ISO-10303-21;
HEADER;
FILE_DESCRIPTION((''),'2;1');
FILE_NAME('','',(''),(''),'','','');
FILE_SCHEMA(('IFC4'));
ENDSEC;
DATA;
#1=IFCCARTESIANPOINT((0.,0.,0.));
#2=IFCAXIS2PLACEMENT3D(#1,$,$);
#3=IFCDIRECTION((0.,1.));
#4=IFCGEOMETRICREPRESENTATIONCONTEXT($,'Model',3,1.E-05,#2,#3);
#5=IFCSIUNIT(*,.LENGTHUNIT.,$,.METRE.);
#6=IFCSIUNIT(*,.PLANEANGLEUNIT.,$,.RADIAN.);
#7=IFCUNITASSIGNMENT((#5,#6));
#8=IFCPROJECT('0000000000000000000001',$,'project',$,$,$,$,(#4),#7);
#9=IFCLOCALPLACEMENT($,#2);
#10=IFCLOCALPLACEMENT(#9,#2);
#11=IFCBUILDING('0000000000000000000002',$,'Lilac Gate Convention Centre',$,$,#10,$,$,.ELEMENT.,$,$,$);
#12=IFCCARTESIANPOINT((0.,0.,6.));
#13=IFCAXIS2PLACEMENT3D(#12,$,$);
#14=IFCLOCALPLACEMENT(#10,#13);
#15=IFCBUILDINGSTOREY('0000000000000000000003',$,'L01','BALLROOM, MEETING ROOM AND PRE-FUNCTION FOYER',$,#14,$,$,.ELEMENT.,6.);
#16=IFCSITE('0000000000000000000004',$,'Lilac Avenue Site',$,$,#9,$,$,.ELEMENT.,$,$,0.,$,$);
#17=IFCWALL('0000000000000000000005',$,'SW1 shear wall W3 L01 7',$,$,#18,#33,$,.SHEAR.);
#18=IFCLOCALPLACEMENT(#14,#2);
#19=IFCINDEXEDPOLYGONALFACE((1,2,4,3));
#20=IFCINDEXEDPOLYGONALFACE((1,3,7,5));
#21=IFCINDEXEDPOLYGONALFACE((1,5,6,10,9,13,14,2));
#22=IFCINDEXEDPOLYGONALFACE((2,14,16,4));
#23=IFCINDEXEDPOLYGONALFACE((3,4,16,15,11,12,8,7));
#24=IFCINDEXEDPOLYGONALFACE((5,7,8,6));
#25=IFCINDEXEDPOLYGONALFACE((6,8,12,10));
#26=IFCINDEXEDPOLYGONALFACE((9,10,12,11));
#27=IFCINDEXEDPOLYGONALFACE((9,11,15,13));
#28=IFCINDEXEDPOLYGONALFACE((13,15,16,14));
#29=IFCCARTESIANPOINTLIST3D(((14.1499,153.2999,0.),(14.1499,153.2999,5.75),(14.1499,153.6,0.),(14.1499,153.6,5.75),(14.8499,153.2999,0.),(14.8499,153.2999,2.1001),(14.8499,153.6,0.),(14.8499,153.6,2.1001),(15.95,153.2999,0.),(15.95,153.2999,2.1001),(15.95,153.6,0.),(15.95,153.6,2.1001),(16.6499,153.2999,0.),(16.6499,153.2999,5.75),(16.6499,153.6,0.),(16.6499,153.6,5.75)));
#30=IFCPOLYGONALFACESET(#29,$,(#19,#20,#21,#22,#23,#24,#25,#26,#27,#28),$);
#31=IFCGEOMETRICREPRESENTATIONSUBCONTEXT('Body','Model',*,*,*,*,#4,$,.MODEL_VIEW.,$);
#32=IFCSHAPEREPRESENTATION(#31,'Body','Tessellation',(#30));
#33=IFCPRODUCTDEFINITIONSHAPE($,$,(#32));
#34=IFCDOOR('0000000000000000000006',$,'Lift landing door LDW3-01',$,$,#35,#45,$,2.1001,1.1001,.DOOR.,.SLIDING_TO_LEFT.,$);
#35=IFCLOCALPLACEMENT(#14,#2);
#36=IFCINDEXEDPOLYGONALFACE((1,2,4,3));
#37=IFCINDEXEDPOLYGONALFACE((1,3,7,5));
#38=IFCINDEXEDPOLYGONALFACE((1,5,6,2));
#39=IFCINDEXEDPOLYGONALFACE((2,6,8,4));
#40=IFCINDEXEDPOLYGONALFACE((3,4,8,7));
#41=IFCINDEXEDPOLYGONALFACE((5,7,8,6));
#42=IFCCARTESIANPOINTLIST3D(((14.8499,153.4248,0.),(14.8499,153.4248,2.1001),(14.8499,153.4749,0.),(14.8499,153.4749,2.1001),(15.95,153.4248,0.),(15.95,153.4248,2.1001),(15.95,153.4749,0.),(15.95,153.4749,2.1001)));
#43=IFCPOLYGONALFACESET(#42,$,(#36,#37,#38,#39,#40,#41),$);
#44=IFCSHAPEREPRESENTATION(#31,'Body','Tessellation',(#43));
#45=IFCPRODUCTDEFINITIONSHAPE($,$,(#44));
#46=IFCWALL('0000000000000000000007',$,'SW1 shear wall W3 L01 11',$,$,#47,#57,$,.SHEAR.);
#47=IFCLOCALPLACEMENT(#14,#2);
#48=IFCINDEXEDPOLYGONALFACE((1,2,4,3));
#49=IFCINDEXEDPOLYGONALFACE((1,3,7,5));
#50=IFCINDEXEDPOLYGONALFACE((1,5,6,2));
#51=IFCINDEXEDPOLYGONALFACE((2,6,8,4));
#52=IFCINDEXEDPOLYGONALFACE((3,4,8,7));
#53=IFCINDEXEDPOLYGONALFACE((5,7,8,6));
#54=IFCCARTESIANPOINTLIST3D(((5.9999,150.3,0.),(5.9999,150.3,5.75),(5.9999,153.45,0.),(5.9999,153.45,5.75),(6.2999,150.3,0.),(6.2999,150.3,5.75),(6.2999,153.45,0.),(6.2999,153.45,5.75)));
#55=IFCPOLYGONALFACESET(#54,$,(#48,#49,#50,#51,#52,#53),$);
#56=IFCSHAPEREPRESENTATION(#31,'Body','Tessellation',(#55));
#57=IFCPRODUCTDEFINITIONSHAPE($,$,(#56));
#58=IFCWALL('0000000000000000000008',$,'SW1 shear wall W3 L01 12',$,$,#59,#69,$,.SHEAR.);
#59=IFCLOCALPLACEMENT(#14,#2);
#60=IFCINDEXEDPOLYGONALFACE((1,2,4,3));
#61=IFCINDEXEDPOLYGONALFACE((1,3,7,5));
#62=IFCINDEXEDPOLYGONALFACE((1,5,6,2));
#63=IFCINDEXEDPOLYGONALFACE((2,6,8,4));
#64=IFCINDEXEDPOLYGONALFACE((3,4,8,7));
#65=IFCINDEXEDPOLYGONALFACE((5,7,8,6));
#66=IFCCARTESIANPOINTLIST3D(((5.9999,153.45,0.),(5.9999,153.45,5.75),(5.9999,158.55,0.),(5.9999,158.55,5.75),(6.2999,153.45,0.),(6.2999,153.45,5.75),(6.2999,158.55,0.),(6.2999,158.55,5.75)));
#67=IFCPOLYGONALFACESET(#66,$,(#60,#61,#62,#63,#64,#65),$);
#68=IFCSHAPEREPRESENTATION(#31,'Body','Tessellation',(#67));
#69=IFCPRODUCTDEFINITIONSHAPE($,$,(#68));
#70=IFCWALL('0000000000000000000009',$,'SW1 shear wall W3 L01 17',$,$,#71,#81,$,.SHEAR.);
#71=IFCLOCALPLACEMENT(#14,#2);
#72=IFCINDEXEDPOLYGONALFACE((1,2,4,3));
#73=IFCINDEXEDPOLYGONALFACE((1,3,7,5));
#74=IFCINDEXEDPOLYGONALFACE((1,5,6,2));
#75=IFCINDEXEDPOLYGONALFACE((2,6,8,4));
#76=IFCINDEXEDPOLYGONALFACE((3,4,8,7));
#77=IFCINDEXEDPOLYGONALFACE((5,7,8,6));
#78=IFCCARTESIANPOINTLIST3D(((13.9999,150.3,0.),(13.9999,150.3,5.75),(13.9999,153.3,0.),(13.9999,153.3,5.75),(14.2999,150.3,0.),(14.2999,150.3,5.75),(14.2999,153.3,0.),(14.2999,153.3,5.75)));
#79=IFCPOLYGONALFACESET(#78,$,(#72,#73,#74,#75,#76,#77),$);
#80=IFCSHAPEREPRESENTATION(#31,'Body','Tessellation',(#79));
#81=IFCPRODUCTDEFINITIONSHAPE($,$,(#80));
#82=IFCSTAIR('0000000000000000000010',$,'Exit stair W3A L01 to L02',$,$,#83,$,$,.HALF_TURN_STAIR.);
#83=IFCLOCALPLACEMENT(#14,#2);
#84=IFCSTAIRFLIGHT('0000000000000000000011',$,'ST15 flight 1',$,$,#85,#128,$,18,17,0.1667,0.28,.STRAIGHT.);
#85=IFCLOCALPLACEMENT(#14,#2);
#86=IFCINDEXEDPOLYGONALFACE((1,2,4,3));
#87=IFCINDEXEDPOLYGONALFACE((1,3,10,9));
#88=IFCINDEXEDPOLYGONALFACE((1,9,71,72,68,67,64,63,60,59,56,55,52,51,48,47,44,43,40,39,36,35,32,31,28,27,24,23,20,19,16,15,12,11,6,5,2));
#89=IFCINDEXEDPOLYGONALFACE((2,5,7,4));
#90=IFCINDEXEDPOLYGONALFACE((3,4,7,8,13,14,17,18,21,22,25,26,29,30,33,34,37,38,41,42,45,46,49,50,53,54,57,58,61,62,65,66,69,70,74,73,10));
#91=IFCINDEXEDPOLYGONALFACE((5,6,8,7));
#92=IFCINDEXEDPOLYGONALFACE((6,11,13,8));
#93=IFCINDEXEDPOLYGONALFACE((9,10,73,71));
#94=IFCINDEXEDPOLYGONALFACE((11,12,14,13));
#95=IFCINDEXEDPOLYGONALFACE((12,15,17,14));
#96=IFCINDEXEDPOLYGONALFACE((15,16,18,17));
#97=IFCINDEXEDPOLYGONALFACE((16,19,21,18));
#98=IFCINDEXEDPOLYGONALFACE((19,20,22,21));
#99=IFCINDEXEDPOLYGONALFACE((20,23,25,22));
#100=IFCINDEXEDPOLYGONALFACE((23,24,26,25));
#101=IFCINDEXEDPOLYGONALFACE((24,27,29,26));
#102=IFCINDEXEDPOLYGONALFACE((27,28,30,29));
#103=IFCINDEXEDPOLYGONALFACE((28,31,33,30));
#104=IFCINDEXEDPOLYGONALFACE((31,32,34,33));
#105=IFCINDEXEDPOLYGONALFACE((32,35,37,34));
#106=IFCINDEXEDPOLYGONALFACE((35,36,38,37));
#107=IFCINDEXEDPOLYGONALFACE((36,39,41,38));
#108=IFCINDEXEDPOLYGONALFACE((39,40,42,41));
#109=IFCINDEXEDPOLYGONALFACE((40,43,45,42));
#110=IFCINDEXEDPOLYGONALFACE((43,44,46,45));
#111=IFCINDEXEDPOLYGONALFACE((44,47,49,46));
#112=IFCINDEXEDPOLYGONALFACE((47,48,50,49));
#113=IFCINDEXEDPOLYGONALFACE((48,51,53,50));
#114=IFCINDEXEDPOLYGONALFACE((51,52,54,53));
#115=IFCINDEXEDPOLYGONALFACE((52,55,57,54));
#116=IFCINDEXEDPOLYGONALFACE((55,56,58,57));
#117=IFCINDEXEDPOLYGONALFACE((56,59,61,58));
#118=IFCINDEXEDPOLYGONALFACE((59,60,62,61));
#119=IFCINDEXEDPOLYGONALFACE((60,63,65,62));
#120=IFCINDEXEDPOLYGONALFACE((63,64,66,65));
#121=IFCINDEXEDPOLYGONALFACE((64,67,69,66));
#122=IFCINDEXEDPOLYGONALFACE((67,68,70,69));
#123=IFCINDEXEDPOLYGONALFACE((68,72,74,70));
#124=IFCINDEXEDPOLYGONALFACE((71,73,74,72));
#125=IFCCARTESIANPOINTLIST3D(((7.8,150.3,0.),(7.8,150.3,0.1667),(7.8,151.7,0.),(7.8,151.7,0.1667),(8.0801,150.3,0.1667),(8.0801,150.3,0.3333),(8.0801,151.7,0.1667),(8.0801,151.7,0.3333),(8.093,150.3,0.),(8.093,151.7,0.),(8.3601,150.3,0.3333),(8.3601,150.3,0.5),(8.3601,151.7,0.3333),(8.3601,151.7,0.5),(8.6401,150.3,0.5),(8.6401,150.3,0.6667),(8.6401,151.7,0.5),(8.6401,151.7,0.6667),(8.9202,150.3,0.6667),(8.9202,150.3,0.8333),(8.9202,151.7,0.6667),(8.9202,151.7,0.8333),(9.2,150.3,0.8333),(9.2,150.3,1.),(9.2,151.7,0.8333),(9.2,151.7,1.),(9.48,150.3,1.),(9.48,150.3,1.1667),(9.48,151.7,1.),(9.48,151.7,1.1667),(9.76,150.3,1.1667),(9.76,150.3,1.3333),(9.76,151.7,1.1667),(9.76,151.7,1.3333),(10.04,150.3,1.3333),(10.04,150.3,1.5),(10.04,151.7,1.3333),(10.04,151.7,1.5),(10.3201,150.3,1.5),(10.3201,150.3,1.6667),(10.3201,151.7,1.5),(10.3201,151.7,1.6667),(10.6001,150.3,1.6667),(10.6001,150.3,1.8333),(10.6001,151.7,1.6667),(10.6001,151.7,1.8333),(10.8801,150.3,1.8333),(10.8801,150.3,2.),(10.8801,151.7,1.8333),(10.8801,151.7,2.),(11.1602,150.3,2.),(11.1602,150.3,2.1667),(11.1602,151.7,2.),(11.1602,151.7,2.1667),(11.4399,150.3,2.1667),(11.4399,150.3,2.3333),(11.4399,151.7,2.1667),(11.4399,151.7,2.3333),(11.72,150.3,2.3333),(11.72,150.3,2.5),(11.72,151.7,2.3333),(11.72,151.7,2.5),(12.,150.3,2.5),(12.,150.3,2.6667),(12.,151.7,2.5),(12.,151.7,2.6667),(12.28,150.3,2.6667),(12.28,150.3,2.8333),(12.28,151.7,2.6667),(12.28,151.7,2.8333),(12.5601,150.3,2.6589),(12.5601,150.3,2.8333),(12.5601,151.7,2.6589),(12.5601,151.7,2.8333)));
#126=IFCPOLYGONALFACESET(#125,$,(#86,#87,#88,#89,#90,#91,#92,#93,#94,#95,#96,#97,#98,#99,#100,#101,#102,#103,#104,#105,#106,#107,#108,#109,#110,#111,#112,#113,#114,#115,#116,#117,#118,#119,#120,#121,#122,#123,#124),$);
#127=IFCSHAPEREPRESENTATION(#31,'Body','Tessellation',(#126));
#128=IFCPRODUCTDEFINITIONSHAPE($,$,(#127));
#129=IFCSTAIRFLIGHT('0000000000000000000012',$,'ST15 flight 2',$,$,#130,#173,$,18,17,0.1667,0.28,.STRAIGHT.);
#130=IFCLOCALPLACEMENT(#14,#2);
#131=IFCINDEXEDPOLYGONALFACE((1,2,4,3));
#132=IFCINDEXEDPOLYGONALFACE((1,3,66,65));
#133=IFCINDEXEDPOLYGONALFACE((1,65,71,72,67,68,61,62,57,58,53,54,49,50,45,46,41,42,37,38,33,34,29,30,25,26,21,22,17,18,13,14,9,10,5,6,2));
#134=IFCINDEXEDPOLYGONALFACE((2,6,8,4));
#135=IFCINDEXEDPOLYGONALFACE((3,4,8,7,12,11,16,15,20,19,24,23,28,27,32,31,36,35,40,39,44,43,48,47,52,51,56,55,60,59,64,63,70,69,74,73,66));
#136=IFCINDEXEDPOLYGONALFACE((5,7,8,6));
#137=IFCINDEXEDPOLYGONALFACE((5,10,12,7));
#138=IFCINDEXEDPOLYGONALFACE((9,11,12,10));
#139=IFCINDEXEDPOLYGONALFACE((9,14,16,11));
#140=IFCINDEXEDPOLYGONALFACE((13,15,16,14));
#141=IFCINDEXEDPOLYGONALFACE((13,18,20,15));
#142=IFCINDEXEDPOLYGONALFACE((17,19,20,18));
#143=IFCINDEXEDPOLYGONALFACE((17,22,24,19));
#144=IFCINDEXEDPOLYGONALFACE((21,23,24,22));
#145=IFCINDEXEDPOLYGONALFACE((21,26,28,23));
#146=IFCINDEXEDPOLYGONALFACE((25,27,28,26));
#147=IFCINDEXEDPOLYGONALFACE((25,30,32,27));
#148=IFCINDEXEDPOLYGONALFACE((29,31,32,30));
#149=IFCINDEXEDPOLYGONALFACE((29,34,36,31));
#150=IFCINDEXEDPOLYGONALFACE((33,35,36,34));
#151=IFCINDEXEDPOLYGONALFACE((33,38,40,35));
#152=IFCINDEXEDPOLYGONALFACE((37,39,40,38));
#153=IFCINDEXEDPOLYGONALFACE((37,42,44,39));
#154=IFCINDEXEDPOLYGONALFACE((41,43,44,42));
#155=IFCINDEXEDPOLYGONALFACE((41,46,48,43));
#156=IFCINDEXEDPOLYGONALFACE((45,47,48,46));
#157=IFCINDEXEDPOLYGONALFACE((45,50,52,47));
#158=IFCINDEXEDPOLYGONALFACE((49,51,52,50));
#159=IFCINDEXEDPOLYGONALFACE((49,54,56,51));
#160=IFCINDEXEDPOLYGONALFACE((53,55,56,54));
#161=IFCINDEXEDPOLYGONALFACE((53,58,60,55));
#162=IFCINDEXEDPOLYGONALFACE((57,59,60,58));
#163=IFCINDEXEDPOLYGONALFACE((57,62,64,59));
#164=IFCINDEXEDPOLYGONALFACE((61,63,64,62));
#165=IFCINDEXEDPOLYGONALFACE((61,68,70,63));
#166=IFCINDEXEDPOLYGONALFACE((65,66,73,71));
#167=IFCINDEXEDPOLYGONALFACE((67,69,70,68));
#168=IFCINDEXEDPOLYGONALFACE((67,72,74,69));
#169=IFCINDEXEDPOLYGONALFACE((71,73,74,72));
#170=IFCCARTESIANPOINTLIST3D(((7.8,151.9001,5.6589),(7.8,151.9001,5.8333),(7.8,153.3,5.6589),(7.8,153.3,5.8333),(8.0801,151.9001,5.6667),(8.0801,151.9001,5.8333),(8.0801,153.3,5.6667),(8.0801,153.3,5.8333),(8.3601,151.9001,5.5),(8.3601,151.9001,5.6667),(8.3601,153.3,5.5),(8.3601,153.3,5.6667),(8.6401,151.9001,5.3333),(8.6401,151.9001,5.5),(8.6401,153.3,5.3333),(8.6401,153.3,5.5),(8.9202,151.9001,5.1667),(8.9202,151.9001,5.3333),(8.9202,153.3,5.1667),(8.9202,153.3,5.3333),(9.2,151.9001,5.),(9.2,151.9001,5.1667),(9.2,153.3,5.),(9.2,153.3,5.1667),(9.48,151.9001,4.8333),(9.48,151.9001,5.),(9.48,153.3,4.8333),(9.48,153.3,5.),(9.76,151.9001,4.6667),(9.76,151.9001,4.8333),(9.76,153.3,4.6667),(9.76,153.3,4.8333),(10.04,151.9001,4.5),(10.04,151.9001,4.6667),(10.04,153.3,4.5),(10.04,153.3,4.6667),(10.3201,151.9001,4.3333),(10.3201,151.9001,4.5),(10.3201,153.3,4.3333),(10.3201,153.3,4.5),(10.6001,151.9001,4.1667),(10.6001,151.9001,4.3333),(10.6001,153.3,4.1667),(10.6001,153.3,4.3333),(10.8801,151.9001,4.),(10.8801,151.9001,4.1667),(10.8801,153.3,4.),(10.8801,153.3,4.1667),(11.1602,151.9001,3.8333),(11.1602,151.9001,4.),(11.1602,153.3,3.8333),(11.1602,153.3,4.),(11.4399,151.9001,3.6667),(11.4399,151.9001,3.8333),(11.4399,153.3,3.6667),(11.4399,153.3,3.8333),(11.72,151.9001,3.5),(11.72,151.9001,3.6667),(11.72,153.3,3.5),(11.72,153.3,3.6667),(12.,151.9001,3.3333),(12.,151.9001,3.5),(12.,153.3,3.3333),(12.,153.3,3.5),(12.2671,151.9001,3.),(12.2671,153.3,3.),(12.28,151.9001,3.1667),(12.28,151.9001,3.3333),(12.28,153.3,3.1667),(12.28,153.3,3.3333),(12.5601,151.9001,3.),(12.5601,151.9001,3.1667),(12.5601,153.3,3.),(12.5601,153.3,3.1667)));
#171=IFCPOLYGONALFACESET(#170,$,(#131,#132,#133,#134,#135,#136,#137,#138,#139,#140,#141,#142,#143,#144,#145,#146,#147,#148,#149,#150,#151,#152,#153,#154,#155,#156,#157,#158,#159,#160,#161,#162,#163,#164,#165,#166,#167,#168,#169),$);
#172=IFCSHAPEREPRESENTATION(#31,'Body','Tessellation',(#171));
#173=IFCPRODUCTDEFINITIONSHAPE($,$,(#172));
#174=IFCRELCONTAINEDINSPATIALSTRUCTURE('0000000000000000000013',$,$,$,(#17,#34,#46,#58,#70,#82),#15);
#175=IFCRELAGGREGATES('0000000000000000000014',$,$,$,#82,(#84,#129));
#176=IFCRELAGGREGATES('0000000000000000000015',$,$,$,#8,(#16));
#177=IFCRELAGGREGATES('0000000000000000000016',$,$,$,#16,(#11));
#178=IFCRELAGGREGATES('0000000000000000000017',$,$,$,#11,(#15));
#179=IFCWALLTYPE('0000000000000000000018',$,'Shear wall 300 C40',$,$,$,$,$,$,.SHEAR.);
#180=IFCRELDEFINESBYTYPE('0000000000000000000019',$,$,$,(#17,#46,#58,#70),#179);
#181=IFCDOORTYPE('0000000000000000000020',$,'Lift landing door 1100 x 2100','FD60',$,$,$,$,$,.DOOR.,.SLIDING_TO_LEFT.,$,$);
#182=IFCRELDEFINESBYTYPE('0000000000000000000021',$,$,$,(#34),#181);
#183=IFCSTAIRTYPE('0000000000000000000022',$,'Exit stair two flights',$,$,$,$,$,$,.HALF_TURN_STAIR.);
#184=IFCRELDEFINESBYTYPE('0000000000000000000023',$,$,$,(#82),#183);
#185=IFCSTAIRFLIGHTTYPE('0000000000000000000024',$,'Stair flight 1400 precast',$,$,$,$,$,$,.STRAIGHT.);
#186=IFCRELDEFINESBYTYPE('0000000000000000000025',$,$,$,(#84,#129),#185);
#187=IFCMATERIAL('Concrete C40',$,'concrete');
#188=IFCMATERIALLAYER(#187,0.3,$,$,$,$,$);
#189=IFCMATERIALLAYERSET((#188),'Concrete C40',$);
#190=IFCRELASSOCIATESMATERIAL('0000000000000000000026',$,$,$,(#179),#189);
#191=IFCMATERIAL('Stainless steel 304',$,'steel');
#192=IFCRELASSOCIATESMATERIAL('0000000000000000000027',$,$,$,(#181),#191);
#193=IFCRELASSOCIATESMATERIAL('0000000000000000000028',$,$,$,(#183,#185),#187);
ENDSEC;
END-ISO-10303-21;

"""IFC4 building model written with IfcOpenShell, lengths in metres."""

from ifc_helpers import new_model, si_unit, direction, frame, frame_2d, origin, place, context, subcontext, project, spatial, polyline, rectangle, outline, extrude, material, layer, layer_set, type_object, element, fill, aggregate, save


model = new_model("IFC4")

# Units and contexts
model_context = context("Model", 3, precision=1e-05, world=origin(), true_north=direction((0.0, 1.0)))
body_context = subcontext(model_context, "Body", "Model", "MODEL_VIEW")
ifc_project = project(units=[si_unit("LENGTHUNIT", "METRE"), si_unit("PLANEANGLEUNIT", "RADIAN")], contexts=[model_context])

# Site, building, storey
site_placement = place(None, origin())
site = spatial("IfcSite", under=ifc_project, at=site_placement, Name="Lilac Avenue Site", CompositionType="ELEMENT", RefElevation=0.0)
building_placement = place(site_placement, origin())
building = spatial("IfcBuilding", under=site, at=building_placement, Name="Lilac Gate Convention Centre", CompositionType="ELEMENT")
storey_placement = place(building_placement, frame((0.0, 0.0, 6.0)))
storey = spatial("IfcBuildingStorey", under=building, at=storey_placement, Name="L01", Description="BALLROOM, MEETING ROOM AND PRE-FUNCTION FOYER", CompositionType="ELEMENT", Elevation=6.0)

# Shared definitions
ifc_material_1 = material(Name="Concrete C40", Category="concrete")

# Shared definitions
ifc_layer_1 = layer(ifc_material_1, 0.3)
ifc_layer_set_1 = layer_set([ifc_layer_1], Name="Concrete C40")
wall_type_1 = type_object("IfcWallType", Name="Shear wall 300 C40", PredefinedType="SHEAR", material=ifc_layer_set_1)

# Wall, opening, door
wall_1_placement = place(storey_placement, frame((14.1499, 153.45, 0.0), z_axis=(0.0, 0.0, 1.0), x_axis=(1.0, 0.0, 0.0)))
wall_1 = element("IfcWall", 1, at=wall_1_placement, inside=storey, type_object=wall_type_1, Name="SW1 shear wall W3 L01 7", PredefinedType="SHEAR", context=body_context, shape_type="SweptSolid", body=[
    extrude(rectangle(XDim=2.5, YDim=0.3, at=frame_2d((1.25, 0.0))), origin(), (0.0, 0.0, 1.0), 5.75),
])
opening_1_placement = place(wall_1_placement, frame((0.7, 0.0, 0.0)))
opening_1 = element("IfcOpeningElement", 2, at=opening_1_placement, cuts=wall_1, PredefinedType="OPENING", context=body_context, shape_type="SweptSolid", body=[
    extrude(rectangle(XDim=1.1001, YDim=2.1001, at=frame_2d((0.55, 1.05))), frame((0.0, 0.1599, 0.0), z_axis=(0.0, -1.0, 0.0), x_axis=(1.0, 0.0, 0.0)), (0.0, 0.0, 1.0), 0.3201),
])
ifc_material_2 = material(Name="Stainless steel 304", Category="steel")
door_type_1 = type_object("IfcDoorType", Name="Lift landing door 1100 x 2100", Description="FD60", OperationType="SLIDING_TO_LEFT", PredefinedType="DOOR", material=ifc_material_2)
door_1_placement = place(opening_1_placement, origin())
door_1 = element("IfcDoor", 3, at=door_1_placement, inside=storey, type_object=door_type_1, Name="Lift landing door LDW3-01", OperationType="SLIDING_TO_LEFT", OverallHeight=2.1001, OverallWidth=1.1001, PredefinedType="DOOR", context=body_context, shape_type="SweptSolid", body=[
    extrude(rectangle(XDim=1.1001, YDim=2.1001, at=frame_2d((0.55, 1.05))), frame((0.0, 0.0249, 0.0), z_axis=(0.0, -1.0, 0.0), x_axis=(1.0, 0.0, 0.0)), (0.0, 0.0, 1.0), 0.05),
])
fill(opening_1, door_1)

# Walls
wall_2_placement = place(storey_placement, frame((6.1499, 150.3, 0.0), z_axis=(0.0, 0.0, 1.0), x_axis=(0.0, 1.0, 0.0)))
element("IfcWall", 4, at=wall_2_placement, inside=storey, type_object=wall_type_1, Name="SW1 shear wall W3 L01 11", PredefinedType="SHEAR", context=body_context, shape_type="SweptSolid", body=[
    extrude(rectangle(XDim=3.1499, YDim=0.3, at=frame_2d((1.575, 0.0))), origin(), (0.0, 0.0, 1.0), 5.75),
])
wall_3_placement = place(storey_placement, frame((6.1499, 153.45, 0.0), z_axis=(0.0, 0.0, 1.0), x_axis=(0.0, 1.0, 0.0)))
element("IfcWall", 5, at=wall_3_placement, inside=storey, type_object=wall_type_1, Name="SW1 shear wall W3 L01 12", PredefinedType="SHEAR", context=body_context, shape_type="SweptSolid", body=[
    extrude(rectangle(XDim=5.1001, YDim=0.3, at=frame_2d((2.55, 0.0))), origin(), (0.0, 0.0, 1.0), 5.75),
])
wall_4_placement = place(storey_placement, frame((14.1499, 150.3, 0.0), z_axis=(0.0, 0.0, 1.0), x_axis=(0.0, 1.0, 0.0)))
element("IfcWall", 6, at=wall_4_placement, inside=storey, type_object=wall_type_1, Name="SW1 shear wall W3 L01 17", PredefinedType="SHEAR", context=body_context, shape_type="SweptSolid", body=[
    extrude(rectangle(XDim=3.0, YDim=0.3, at=frame_2d((1.5, 0.0))), origin(), (0.0, 0.0, 1.0), 5.75),
])

# Stair, stair flights
stair_type = type_object("IfcStairType", Name="Exit stair two flights", PredefinedType="HALF_TURN_STAIR", material=ifc_material_1)
stair_placement = place(storey_placement, origin())
stair = element("IfcStair", 7, at=stair_placement, inside=storey, type_object=stair_type, Name="Exit stair W3A L01 to L02", PredefinedType="HALF_TURN_STAIR")
stair_flight_type = type_object("IfcStairFlightType", Name="Stair flight 1400 precast", PredefinedType="STRAIGHT", material=ifc_material_1)
stair_flight_1_placement = place(storey_placement, frame((7.8, 151.0, 0.0), z_axis=(0.0, 0.0, 1.0), x_axis=(1.0, 0.0, 0.0)))
stair_flight_1 = element("IfcStairFlight", 8, at=stair_flight_1_placement, type_object=stair_flight_type, Name="ST15 flight 1", NumberOfRisers=18, NumberOfTreads=17, PredefinedType="STRAIGHT", RiserHeight=0.1667, TreadLength=0.28, context=body_context, shape_type="SweptSolid", body=[
    extrude(outline(polyline([(0.0, 0.0), (0.0, 0.1667), (0.28, 0.1667), (0.28, 0.3333), (0.5601, 0.3333), (0.5601, 0.5), (0.8401, 0.5), (0.8401, 0.6667), (1.1201, 0.6667), (1.1201, 0.8333), (1.3999, 0.8333), (1.3999, 1.0), (1.6799, 1.0), (1.6799, 1.1667), (1.96, 1.1667), (1.96, 1.3333), (2.24, 1.3333), (2.24, 1.5), (2.52, 1.5), (2.52, 1.6667), (2.8, 1.6667), (2.8, 1.8333), (3.0801, 1.8333), (3.0801, 2.0), (3.3601, 2.0), (3.3601, 2.1667), (3.6399, 2.1667), (3.6399, 2.3333), (3.9199, 2.3333), (3.9199, 2.5), (4.2, 2.5), (4.2, 2.6667), (4.48, 2.6667), (4.48, 2.8333), (4.76, 2.8333), (4.76, 3.0), (4.76, 2.6589), (0.293, 0.0), (0.0, 0.0)])), frame((0.0, 0.7, 0.0), z_axis=(0.0, -1.0, 0.0), x_axis=(1.0, 0.0, 0.0)), (0.0, 0.0, 1.0), 1.3999),
])
stair_flight_2_placement = place(storey_placement, frame((12.5601, 152.6001, 3.0), z_axis=(0.0, 0.0, 1.0), x_axis=(-1.0, 0.0, 0.0)))
stair_flight_2 = element("IfcStairFlight", 9, at=stair_flight_2_placement, type_object=stair_flight_type, Name="ST15 flight 2", NumberOfRisers=18, NumberOfTreads=17, PredefinedType="STRAIGHT", RiserHeight=0.1667, TreadLength=0.28, context=body_context, shape_type="SweptSolid", body=[
    extrude(outline(polyline([(0.0, 0.0), (0.0, 0.1667), (0.28, 0.1667), (0.28, 0.3333), (0.5601, 0.3333), (0.5601, 0.5), (0.8401, 0.5), (0.8401, 0.6667), (1.1201, 0.6667), (1.1201, 0.8333), (1.3999, 0.8333), (1.3999, 1.0), (1.6799, 1.0), (1.6799, 1.1667), (1.96, 1.1667), (1.96, 1.3333), (2.24, 1.3333), (2.24, 1.5), (2.52, 1.5), (2.52, 1.6667), (2.8, 1.6667), (2.8, 1.8333), (3.0801, 1.8333), (3.0801, 2.0), (3.3601, 2.0), (3.3601, 2.1667), (3.6399, 2.1667), (3.6399, 2.3333), (3.9199, 2.3333), (3.9199, 2.5), (4.2, 2.5), (4.2, 2.6667), (4.48, 2.6667), (4.48, 2.8333), (4.76, 2.8333), (4.76, 3.0), (4.76, 2.6589), (0.293, 0.0), (0.0, 0.0)])), frame((0.0, 0.7, 0.0), z_axis=(0.0, -1.0, 0.0), x_axis=(1.0, 0.0, 0.0)), (0.0, 0.0, 1.0), 1.3999),
])
aggregate(stair, [stair_flight_1, stair_flight_2])

save(model, "model.ifc")
